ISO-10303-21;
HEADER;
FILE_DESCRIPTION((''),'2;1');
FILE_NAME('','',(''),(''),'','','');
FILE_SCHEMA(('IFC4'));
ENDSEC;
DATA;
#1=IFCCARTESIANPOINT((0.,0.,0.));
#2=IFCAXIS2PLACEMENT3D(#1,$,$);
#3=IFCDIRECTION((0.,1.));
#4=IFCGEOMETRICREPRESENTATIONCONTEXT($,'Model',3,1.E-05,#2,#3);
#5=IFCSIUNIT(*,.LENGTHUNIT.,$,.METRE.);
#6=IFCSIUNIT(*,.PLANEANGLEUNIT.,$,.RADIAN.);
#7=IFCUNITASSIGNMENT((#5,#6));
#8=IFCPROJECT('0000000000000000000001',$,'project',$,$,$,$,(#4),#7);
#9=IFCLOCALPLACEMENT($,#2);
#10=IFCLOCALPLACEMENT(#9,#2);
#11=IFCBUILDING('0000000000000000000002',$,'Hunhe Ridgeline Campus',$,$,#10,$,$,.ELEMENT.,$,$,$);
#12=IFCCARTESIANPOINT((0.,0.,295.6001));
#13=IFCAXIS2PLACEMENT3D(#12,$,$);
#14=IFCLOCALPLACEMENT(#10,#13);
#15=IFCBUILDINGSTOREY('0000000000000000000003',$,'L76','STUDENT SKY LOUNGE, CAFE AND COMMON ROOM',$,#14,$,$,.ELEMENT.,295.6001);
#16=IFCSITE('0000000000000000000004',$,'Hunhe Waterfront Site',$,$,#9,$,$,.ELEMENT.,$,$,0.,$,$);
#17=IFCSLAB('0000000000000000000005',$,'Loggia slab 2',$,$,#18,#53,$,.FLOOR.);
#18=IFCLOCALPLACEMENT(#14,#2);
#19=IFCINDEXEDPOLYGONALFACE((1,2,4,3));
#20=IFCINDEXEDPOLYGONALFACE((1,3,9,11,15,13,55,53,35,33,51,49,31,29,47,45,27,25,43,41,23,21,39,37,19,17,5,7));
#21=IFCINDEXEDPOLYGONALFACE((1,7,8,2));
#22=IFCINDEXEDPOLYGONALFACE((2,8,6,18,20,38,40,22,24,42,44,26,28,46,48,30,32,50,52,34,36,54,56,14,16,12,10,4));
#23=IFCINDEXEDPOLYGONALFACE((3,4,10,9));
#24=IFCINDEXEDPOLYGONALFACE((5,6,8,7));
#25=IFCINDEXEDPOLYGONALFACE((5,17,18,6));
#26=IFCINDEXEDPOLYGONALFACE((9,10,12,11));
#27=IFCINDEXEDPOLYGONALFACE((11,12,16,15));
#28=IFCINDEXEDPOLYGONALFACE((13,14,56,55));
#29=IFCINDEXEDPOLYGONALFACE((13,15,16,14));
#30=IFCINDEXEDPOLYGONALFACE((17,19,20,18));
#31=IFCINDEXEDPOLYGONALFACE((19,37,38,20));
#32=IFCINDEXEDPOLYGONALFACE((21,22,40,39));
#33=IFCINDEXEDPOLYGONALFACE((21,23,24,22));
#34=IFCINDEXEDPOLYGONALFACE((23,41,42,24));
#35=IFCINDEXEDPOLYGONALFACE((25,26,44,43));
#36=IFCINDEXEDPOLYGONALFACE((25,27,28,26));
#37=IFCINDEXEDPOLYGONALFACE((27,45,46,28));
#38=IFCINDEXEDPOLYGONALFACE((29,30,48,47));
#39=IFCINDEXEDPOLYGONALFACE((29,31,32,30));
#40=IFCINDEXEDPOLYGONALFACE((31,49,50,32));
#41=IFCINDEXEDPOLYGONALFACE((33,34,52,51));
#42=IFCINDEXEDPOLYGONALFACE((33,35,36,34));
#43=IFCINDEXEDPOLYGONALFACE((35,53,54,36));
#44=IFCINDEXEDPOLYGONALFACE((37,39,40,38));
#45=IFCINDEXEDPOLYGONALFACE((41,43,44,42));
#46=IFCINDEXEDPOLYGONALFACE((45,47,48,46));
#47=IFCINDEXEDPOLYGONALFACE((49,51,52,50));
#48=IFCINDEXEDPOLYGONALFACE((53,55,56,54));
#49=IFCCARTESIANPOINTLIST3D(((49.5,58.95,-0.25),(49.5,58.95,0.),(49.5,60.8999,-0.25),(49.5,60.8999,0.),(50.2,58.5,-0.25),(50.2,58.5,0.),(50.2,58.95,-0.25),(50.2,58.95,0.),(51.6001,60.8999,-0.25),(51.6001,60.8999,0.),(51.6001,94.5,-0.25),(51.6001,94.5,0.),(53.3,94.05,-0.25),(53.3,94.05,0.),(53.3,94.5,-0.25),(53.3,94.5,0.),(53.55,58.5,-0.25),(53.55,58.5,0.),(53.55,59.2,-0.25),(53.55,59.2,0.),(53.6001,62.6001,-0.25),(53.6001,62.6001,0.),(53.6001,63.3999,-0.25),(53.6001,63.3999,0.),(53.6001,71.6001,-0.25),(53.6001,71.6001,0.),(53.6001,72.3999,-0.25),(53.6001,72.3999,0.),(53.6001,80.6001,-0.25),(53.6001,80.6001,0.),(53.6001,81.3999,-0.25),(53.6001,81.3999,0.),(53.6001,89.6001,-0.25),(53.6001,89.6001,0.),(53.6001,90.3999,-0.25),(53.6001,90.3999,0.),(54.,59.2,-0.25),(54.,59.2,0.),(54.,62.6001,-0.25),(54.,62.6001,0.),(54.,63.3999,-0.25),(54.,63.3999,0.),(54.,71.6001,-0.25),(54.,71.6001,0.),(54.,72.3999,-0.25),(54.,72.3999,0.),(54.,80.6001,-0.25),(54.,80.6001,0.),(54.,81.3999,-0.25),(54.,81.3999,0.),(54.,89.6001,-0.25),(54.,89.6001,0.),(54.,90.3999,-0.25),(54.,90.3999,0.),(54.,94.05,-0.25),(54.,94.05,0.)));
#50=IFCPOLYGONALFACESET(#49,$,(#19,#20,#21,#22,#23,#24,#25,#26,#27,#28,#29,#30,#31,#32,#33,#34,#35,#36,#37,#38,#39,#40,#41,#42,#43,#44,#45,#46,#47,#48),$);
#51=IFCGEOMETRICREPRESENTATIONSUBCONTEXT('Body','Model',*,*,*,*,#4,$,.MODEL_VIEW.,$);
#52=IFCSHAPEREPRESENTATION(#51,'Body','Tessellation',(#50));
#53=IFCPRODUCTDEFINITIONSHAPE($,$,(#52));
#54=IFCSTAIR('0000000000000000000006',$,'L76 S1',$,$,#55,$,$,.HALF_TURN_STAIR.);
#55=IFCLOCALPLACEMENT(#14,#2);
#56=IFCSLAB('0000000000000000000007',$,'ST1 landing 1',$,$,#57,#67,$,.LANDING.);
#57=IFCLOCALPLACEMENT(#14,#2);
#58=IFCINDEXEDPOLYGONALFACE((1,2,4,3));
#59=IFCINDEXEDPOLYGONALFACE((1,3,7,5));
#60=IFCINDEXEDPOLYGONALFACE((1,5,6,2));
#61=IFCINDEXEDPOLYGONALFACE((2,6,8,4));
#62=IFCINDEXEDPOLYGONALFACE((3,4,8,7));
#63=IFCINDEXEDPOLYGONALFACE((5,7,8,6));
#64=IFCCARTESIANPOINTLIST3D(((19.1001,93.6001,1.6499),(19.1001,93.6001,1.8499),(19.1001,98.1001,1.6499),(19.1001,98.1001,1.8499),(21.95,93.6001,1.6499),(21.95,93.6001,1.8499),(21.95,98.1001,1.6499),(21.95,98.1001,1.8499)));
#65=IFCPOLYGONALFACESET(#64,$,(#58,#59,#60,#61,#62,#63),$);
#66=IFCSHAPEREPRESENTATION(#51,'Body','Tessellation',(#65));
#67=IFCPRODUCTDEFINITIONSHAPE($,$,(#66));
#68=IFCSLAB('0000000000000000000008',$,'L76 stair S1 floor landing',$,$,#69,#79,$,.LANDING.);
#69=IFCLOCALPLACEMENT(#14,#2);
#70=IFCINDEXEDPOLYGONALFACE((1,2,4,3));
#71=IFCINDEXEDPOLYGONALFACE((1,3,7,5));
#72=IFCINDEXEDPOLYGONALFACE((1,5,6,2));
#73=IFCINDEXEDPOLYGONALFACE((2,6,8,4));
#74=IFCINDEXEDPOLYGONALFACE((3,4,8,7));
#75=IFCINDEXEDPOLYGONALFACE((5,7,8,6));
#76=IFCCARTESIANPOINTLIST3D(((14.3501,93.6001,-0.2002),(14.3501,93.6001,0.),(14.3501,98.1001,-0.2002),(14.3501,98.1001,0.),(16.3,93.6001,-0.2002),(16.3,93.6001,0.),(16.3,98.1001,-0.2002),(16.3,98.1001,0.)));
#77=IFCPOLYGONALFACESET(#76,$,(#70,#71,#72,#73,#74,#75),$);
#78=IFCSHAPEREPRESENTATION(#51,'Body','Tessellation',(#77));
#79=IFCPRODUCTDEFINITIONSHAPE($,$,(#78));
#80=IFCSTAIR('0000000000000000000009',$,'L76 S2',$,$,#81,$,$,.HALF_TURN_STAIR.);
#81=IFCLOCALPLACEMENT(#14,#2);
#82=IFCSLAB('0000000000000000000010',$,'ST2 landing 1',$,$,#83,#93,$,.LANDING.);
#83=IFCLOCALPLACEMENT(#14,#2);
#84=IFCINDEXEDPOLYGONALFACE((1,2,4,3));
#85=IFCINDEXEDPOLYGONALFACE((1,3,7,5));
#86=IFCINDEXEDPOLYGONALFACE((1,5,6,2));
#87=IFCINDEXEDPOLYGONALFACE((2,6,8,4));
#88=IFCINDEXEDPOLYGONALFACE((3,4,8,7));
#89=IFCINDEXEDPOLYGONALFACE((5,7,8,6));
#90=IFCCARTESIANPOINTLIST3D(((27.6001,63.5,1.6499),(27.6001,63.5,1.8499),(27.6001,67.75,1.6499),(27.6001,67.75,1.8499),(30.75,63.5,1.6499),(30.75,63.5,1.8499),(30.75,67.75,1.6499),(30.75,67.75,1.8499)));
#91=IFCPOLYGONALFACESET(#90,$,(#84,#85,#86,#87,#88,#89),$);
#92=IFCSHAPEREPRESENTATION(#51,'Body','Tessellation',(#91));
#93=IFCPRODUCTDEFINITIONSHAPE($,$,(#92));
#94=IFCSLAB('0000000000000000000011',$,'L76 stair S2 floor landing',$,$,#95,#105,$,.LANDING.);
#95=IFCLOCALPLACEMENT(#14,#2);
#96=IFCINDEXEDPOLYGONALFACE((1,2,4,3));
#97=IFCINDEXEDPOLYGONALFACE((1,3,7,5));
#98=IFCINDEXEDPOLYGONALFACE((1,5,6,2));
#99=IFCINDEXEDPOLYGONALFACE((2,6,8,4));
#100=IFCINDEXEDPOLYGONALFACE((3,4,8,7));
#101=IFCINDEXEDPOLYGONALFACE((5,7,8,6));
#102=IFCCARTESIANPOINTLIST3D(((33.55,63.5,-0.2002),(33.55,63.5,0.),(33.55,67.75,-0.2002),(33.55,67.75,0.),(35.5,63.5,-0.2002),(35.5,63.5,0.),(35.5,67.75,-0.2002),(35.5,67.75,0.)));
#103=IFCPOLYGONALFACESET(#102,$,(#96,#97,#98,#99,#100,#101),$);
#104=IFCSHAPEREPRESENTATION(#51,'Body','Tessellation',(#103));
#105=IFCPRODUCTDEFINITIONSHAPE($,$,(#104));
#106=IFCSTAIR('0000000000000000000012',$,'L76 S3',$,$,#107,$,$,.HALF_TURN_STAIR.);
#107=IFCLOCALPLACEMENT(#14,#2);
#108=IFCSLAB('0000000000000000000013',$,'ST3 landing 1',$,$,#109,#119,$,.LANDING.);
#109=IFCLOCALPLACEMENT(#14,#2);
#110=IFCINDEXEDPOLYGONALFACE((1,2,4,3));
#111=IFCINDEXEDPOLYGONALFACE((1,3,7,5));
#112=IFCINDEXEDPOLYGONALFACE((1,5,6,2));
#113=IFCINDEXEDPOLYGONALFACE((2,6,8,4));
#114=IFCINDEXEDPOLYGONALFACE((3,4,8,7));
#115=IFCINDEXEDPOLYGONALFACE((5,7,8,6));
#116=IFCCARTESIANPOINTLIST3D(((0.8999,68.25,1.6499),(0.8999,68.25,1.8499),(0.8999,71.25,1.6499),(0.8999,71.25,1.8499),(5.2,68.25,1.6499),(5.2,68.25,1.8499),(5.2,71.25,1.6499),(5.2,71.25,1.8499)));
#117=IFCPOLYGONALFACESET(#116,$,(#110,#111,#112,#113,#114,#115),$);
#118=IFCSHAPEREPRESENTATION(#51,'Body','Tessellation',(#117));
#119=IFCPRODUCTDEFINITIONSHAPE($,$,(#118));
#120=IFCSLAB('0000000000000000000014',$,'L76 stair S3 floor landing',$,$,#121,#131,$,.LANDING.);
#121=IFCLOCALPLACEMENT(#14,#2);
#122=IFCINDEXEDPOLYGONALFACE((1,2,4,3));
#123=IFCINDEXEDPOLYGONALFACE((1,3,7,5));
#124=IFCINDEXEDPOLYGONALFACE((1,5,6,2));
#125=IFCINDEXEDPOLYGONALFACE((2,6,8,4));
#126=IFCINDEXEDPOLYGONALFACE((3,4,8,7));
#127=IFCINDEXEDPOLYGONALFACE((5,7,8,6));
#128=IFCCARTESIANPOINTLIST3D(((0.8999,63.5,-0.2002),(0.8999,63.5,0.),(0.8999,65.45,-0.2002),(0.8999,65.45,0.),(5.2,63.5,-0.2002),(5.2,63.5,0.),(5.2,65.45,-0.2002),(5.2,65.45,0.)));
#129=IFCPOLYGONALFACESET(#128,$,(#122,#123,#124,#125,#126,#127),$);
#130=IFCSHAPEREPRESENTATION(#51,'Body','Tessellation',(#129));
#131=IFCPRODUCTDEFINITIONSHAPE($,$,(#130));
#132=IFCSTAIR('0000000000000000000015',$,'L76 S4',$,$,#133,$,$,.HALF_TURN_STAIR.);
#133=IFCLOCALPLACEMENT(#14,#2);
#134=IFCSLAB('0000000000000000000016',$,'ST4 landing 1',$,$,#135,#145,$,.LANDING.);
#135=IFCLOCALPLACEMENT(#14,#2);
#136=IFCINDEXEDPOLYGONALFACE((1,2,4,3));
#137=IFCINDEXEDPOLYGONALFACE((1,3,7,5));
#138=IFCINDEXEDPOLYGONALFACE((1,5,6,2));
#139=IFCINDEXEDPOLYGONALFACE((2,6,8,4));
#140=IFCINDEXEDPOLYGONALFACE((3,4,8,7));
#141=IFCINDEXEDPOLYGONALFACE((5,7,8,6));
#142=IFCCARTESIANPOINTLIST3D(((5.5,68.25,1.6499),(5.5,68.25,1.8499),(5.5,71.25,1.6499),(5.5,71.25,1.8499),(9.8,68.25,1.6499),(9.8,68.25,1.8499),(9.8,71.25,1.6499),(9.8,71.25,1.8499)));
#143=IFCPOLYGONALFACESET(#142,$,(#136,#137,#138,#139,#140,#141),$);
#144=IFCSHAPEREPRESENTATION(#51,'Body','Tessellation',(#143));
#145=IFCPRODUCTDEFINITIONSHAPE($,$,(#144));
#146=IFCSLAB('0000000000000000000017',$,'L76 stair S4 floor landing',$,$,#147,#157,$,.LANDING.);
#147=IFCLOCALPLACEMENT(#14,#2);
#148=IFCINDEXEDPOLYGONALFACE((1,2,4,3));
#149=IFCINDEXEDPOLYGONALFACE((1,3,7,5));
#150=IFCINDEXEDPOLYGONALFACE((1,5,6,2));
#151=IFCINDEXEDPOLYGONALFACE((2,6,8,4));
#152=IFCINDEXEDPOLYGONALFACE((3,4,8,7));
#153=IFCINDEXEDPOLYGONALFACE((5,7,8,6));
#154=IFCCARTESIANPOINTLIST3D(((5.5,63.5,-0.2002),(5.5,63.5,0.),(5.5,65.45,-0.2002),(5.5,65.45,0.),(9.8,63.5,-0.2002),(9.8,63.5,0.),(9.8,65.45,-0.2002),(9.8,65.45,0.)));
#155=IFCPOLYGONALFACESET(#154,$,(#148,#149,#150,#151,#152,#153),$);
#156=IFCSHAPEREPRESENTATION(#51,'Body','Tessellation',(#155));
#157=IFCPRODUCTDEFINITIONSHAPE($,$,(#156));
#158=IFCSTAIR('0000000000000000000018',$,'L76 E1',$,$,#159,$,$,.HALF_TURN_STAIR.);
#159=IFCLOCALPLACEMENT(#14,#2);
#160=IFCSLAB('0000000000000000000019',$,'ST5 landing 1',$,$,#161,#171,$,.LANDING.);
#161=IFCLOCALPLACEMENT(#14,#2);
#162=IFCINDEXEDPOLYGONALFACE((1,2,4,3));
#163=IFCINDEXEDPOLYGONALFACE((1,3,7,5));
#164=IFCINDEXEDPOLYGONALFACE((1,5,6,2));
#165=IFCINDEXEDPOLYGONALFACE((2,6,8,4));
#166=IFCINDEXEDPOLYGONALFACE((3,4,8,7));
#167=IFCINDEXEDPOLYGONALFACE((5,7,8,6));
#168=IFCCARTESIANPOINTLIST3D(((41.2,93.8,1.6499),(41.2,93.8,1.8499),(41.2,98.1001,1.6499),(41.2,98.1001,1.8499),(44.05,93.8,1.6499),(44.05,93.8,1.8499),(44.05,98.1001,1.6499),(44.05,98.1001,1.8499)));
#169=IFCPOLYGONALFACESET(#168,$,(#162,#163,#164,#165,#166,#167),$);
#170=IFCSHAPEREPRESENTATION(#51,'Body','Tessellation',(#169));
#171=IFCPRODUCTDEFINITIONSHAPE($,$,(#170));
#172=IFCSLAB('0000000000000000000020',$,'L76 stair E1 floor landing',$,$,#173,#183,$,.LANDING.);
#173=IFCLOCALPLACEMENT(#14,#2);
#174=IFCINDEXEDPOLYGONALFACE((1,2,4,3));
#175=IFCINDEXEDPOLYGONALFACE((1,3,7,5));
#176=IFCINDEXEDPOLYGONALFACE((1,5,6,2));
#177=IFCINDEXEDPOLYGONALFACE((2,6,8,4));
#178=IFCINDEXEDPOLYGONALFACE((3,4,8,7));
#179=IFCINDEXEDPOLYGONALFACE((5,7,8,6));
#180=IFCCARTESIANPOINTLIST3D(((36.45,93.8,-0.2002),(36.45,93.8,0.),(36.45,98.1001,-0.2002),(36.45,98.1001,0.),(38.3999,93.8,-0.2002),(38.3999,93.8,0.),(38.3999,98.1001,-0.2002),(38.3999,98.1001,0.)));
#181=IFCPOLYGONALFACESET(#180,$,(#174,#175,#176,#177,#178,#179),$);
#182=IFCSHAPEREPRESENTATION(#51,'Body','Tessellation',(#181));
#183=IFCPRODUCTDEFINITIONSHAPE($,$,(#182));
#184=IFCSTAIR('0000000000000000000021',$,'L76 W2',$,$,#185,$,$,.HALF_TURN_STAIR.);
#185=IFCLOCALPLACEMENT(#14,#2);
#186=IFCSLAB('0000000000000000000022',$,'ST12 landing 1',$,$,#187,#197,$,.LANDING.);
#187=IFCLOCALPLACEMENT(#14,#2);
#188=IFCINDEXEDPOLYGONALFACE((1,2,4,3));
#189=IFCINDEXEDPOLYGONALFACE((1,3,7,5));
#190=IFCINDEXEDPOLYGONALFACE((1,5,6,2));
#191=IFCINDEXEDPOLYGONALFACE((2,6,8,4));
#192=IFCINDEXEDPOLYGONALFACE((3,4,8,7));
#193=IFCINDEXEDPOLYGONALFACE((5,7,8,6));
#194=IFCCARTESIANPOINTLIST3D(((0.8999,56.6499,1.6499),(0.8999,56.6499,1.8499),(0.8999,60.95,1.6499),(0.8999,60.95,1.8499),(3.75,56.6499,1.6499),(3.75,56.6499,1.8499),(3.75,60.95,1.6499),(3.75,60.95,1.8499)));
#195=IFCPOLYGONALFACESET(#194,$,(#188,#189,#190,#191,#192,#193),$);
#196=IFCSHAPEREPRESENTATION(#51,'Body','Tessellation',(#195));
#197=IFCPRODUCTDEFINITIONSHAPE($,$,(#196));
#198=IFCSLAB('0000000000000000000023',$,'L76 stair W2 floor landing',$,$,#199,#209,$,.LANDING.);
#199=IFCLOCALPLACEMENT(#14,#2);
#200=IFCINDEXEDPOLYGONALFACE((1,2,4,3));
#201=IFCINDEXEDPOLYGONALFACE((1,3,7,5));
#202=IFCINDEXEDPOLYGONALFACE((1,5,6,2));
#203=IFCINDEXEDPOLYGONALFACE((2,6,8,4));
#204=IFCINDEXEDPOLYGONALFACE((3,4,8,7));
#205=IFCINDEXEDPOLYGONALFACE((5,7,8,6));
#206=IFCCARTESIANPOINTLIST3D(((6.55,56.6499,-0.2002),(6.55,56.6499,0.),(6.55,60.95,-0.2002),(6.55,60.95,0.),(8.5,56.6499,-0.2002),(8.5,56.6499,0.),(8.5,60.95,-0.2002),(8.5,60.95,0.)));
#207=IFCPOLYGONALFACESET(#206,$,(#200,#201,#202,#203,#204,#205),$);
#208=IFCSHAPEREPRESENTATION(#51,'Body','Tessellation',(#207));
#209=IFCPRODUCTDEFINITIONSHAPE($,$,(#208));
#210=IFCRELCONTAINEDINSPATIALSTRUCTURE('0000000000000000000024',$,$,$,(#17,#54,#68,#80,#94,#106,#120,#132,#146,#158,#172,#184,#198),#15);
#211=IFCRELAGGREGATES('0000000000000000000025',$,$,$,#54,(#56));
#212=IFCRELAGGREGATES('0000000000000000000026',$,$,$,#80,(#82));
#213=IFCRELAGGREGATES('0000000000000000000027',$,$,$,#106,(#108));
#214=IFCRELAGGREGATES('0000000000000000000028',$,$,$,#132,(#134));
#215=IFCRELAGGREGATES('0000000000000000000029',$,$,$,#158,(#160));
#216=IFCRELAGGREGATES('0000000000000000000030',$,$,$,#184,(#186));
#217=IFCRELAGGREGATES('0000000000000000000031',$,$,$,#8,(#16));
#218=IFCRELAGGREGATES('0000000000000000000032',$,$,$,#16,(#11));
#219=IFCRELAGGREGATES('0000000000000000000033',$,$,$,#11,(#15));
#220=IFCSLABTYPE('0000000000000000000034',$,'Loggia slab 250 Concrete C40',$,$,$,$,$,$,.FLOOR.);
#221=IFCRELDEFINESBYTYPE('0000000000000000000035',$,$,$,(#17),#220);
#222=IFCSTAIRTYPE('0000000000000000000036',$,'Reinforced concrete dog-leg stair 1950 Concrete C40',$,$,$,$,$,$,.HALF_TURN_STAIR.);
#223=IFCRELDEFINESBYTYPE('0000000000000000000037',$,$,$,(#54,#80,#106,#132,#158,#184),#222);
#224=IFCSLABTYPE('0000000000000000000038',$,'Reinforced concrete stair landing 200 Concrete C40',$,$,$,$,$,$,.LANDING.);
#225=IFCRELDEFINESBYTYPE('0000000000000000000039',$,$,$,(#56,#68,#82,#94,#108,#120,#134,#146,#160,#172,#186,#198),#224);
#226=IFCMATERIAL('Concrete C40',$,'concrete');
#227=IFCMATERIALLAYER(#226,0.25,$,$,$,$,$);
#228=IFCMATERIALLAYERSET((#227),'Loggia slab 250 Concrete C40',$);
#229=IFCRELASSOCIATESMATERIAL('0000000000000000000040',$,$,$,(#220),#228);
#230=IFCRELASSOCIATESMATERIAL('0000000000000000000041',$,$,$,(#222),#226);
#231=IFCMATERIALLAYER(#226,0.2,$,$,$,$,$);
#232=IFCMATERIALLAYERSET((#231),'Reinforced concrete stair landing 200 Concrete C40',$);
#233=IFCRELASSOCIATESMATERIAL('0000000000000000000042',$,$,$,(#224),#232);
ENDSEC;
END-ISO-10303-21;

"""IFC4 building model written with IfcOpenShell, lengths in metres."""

from ifc_helpers import new_model, si_unit, direction, frame, origin, place, context, subcontext, project, spatial, polyline, outline, extrude, material, layer, layer_set, type_object, element, aggregate, save


model = new_model("IFC4")

# Units and contexts
model_context = context("Model", 3, precision=1e-05, world=origin(), true_north=direction((0.0, 1.0)))
body_context = subcontext(model_context, "Body", "Model", "MODEL_VIEW")
ifc_project = project(units=[si_unit("LENGTHUNIT", "METRE"), si_unit("PLANEANGLEUNIT", "RADIAN")], contexts=[model_context])

# Site, building, storey
site_placement = place(None, origin())
site = spatial("IfcSite", under=ifc_project, at=site_placement, Name="Hunhe Waterfront Site", CompositionType="ELEMENT", RefElevation=0.0)
building_placement = place(site_placement, origin())
building = spatial("IfcBuilding", under=site, at=building_placement, Name="Hunhe Ridgeline Campus", CompositionType="ELEMENT")
storey_placement = place(building_placement, frame((0.0, 0.0, 295.6001)))
storey = spatial("IfcBuildingStorey", under=building, at=storey_placement, Name="L76", Description="STUDENT SKY LOUNGE, CAFE AND COMMON ROOM", CompositionType="ELEMENT", Elevation=295.6001)

# Slab
ifc_material_1 = material(Name="Concrete C40", Category="concrete")
ifc_layer_1 = layer(ifc_material_1, 0.25)
ifc_layer_set_1 = layer_set([ifc_layer_1], Name="Loggia slab 250 Concrete C40")
slab_type_1 = type_object("IfcSlabType", Name="Loggia slab 250 Concrete C40", PredefinedType="FLOOR", material=ifc_layer_set_1)
slab_1_placement = place(storey_placement, frame((0.0, 0.0, -0.25)))
element("IfcSlab", 1, at=slab_1_placement, inside=storey, type_object=slab_type_1, Name="Loggia slab 2", PredefinedType="FLOOR", context=body_context, shape_type="SweptSolid", body=[
    extrude(outline(polyline([(49.5, 58.95), (50.2, 58.95), (50.2, 58.5), (53.55, 58.5), (53.55, 59.2), (54.0, 59.2), (54.0, 62.6001), (53.6001, 62.6001), (53.6001, 63.3999), (54.0, 63.3999), (54.0, 71.6001), (53.6001, 71.6001), (53.6001, 72.3999), (54.0, 72.3999), (54.0, 80.6001), (53.6001, 80.6001), (53.6001, 81.3999), (54.0, 81.3999), (54.0, 89.6001), (53.6001, 89.6001), (53.6001, 90.3999), (54.0, 90.3999), (54.0, 94.05), (53.3, 94.05), (53.3, 94.5), (51.6001, 94.5), (51.6001, 60.8999), (49.5, 60.8999), (49.5, 58.95)])), origin(), (0.0, 0.0, 1.0), 0.25),
])

# Stair, slab
stair_type = type_object("IfcStairType", Name="Reinforced concrete dog-leg stair 1950 Concrete C40", PredefinedType="HALF_TURN_STAIR", material=ifc_material_1)
stair_1_placement = place(storey_placement, origin())
stair_1 = element("IfcStair", 2, at=stair_1_placement, inside=storey, type_object=stair_type, Name="L76 S1", PredefinedType="HALF_TURN_STAIR")
ifc_layer_2 = layer(ifc_material_1, 0.2)
ifc_layer_set_2 = layer_set([ifc_layer_2], Name="Reinforced concrete stair landing 200 Concrete C40")
slab_type_2 = type_object("IfcSlabType", Name="Reinforced concrete stair landing 200 Concrete C40", PredefinedType="LANDING", material=ifc_layer_set_2)
slab_2_placement = place(storey_placement, frame((0.0, 0.0, 1.6499)))
slab_2 = element("IfcSlab", 3, at=slab_2_placement, type_object=slab_type_2, Name="ST1 landing 1", PredefinedType="LANDING", context=body_context, shape_type="SweptSolid", body=[
    extrude(outline(polyline([(19.1001, 93.6001), (21.95, 93.6001), (21.95, 98.1001), (19.1001, 98.1001), (19.1001, 93.6001)])), origin(), (0.0, 0.0, 1.0), 0.2),
])
aggregate(stair_1, [slab_2])

# Slab
slab_3_placement = place(storey_placement, frame((0.0, 0.0, -0.2002)))
element("IfcSlab", 4, at=slab_3_placement, inside=storey, type_object=slab_type_2, Name="L76 stair S1 floor landing", PredefinedType="LANDING", context=body_context, shape_type="SweptSolid", body=[
    extrude(outline(polyline([(14.3501, 93.6001), (16.3, 93.6001), (16.3, 98.1001), (14.3501, 98.1001), (14.3501, 93.6001)])), origin(), (0.0, 0.0, 1.0), 0.2002),
])

# Stair, slab
stair_2_placement = place(storey_placement, origin())
stair_2 = element("IfcStair", 5, at=stair_2_placement, inside=storey, type_object=stair_type, Name="L76 S2", PredefinedType="HALF_TURN_STAIR")
slab_4_placement = place(storey_placement, frame((0.0, 0.0, 1.6499)))
slab_4 = element("IfcSlab", 6, at=slab_4_placement, type_object=slab_type_2, Name="ST2 landing 1", PredefinedType="LANDING", context=body_context, shape_type="SweptSolid", body=[
    extrude(outline(polyline([(30.75, 67.75), (27.6001, 67.75), (27.6001, 63.5), (30.75, 63.5), (30.75, 67.75)])), origin(), (0.0, 0.0, 1.0), 0.2),
])
aggregate(stair_2, [slab_4])

# Slab
slab_5_placement = place(storey_placement, frame((0.0, 0.0, -0.2002)))
element("IfcSlab", 7, at=slab_5_placement, inside=storey, type_object=slab_type_2, Name="L76 stair S2 floor landing", PredefinedType="LANDING", context=body_context, shape_type="SweptSolid", body=[
    extrude(outline(polyline([(35.5, 67.75), (33.55, 67.75), (33.55, 63.5), (35.5, 63.5), (35.5, 67.75)])), origin(), (0.0, 0.0, 1.0), 0.2002),
])

# Stair, slab
stair_3_placement = place(storey_placement, origin())
stair_3 = element("IfcStair", 8, at=stair_3_placement, inside=storey, type_object=stair_type, Name="L76 S3", PredefinedType="HALF_TURN_STAIR")
slab_6_placement = place(storey_placement, frame((0.0, 0.0, 1.6499)))
slab_6 = element("IfcSlab", 9, at=slab_6_placement, type_object=slab_type_2, Name="ST3 landing 1", PredefinedType="LANDING", context=body_context, shape_type="SweptSolid", body=[
    extrude(outline(polyline([(5.2, 68.25), (5.2, 71.25), (0.8999, 71.25), (0.8999, 68.25), (5.2, 68.25)])), origin(), (0.0, 0.0, 1.0), 0.2),
])
aggregate(stair_3, [slab_6])

# Slab
slab_7_placement = place(storey_placement, frame((0.0, 0.0, -0.2002)))
element("IfcSlab", 10, at=slab_7_placement, inside=storey, type_object=slab_type_2, Name="L76 stair S3 floor landing", PredefinedType="LANDING", context=body_context, shape_type="SweptSolid", body=[
    extrude(outline(polyline([(5.2, 63.5), (5.2, 65.45), (0.8999, 65.45), (0.8999, 63.5), (5.2, 63.5)])), origin(), (0.0, 0.0, 1.0), 0.2002),
])

# Stair, slab
stair_4_placement = place(storey_placement, origin())
stair_4 = element("IfcStair", 11, at=stair_4_placement, inside=storey, type_object=stair_type, Name="L76 S4", PredefinedType="HALF_TURN_STAIR")
slab_8_placement = place(storey_placement, frame((0.0, 0.0, 1.6499)))
slab_8 = element("IfcSlab", 12, at=slab_8_placement, type_object=slab_type_2, Name="ST4 landing 1", PredefinedType="LANDING", context=body_context, shape_type="SweptSolid", body=[
    extrude(outline(polyline([(9.8, 68.25), (9.8, 71.25), (5.5, 71.25), (5.5, 68.25), (9.8, 68.25)])), origin(), (0.0, 0.0, 1.0), 0.2),
])
aggregate(stair_4, [slab_8])

# Slab
slab_9_placement = place(storey_placement, frame((0.0, 0.0, -0.2002)))
element("IfcSlab", 13, at=slab_9_placement, inside=storey, type_object=slab_type_2, Name="L76 stair S4 floor landing", PredefinedType="LANDING", context=body_context, shape_type="SweptSolid", body=[
    extrude(outline(polyline([(9.8, 63.5), (9.8, 65.45), (5.5, 65.45), (5.5, 63.5), (9.8, 63.5)])), origin(), (0.0, 0.0, 1.0), 0.2002),
])

# Stair, slab
stair_5_placement = place(storey_placement, origin())
stair_5 = element("IfcStair", 14, at=stair_5_placement, inside=storey, type_object=stair_type, Name="L76 E1", PredefinedType="HALF_TURN_STAIR")
slab_10_placement = place(storey_placement, frame((0.0, 0.0, 1.6499)))
slab_10 = element("IfcSlab", 15, at=slab_10_placement, type_object=slab_type_2, Name="ST5 landing 1", PredefinedType="LANDING", context=body_context, shape_type="SweptSolid", body=[
    extrude(outline(polyline([(41.2, 93.8), (44.05, 93.8), (44.05, 98.1001), (41.2, 98.1001), (41.2, 93.8)])), origin(), (0.0, 0.0, 1.0), 0.2),
])
aggregate(stair_5, [slab_10])

# Slab
slab_11_placement = place(storey_placement, frame((0.0, 0.0, -0.2002)))
element("IfcSlab", 16, at=slab_11_placement, inside=storey, type_object=slab_type_2, Name="L76 stair E1 floor landing", PredefinedType="LANDING", context=body_context, shape_type="SweptSolid", body=[
    extrude(outline(polyline([(36.45, 93.8), (38.3999, 93.8), (38.3999, 98.1001), (36.45, 98.1001), (36.45, 93.8)])), origin(), (0.0, 0.0, 1.0), 0.2002),
])

# Stair, slab
stair_6_placement = place(storey_placement, origin())
stair_6 = element("IfcStair", 17, at=stair_6_placement, inside=storey, type_object=stair_type, Name="L76 W2", PredefinedType="HALF_TURN_STAIR")
slab_12_placement = place(storey_placement, frame((0.0, 0.0, 1.6499)))
slab_12 = element("IfcSlab", 18, at=slab_12_placement, type_object=slab_type_2, Name="ST12 landing 1", PredefinedType="LANDING", context=body_context, shape_type="SweptSolid", body=[
    extrude(outline(polyline([(3.75, 60.95), (0.8999, 60.95), (0.8999, 56.6499), (3.75, 56.6499), (3.75, 60.95)])), origin(), (0.0, 0.0, 1.0), 0.2),
])
aggregate(stair_6, [slab_12])

# Slab
slab_13_placement = place(storey_placement, frame((0.0, 0.0, -0.2002)))
element("IfcSlab", 19, at=slab_13_placement, inside=storey, type_object=slab_type_2, Name="L76 stair W2 floor landing", PredefinedType="LANDING", context=body_context, shape_type="SweptSolid", body=[
    extrude(outline(polyline([(8.5, 60.95), (6.55, 60.95), (6.55, 56.6499), (8.5, 56.6499), (8.5, 60.95)])), origin(), (0.0, 0.0, 1.0), 0.2002),
])

save(model, "model.ifc")
